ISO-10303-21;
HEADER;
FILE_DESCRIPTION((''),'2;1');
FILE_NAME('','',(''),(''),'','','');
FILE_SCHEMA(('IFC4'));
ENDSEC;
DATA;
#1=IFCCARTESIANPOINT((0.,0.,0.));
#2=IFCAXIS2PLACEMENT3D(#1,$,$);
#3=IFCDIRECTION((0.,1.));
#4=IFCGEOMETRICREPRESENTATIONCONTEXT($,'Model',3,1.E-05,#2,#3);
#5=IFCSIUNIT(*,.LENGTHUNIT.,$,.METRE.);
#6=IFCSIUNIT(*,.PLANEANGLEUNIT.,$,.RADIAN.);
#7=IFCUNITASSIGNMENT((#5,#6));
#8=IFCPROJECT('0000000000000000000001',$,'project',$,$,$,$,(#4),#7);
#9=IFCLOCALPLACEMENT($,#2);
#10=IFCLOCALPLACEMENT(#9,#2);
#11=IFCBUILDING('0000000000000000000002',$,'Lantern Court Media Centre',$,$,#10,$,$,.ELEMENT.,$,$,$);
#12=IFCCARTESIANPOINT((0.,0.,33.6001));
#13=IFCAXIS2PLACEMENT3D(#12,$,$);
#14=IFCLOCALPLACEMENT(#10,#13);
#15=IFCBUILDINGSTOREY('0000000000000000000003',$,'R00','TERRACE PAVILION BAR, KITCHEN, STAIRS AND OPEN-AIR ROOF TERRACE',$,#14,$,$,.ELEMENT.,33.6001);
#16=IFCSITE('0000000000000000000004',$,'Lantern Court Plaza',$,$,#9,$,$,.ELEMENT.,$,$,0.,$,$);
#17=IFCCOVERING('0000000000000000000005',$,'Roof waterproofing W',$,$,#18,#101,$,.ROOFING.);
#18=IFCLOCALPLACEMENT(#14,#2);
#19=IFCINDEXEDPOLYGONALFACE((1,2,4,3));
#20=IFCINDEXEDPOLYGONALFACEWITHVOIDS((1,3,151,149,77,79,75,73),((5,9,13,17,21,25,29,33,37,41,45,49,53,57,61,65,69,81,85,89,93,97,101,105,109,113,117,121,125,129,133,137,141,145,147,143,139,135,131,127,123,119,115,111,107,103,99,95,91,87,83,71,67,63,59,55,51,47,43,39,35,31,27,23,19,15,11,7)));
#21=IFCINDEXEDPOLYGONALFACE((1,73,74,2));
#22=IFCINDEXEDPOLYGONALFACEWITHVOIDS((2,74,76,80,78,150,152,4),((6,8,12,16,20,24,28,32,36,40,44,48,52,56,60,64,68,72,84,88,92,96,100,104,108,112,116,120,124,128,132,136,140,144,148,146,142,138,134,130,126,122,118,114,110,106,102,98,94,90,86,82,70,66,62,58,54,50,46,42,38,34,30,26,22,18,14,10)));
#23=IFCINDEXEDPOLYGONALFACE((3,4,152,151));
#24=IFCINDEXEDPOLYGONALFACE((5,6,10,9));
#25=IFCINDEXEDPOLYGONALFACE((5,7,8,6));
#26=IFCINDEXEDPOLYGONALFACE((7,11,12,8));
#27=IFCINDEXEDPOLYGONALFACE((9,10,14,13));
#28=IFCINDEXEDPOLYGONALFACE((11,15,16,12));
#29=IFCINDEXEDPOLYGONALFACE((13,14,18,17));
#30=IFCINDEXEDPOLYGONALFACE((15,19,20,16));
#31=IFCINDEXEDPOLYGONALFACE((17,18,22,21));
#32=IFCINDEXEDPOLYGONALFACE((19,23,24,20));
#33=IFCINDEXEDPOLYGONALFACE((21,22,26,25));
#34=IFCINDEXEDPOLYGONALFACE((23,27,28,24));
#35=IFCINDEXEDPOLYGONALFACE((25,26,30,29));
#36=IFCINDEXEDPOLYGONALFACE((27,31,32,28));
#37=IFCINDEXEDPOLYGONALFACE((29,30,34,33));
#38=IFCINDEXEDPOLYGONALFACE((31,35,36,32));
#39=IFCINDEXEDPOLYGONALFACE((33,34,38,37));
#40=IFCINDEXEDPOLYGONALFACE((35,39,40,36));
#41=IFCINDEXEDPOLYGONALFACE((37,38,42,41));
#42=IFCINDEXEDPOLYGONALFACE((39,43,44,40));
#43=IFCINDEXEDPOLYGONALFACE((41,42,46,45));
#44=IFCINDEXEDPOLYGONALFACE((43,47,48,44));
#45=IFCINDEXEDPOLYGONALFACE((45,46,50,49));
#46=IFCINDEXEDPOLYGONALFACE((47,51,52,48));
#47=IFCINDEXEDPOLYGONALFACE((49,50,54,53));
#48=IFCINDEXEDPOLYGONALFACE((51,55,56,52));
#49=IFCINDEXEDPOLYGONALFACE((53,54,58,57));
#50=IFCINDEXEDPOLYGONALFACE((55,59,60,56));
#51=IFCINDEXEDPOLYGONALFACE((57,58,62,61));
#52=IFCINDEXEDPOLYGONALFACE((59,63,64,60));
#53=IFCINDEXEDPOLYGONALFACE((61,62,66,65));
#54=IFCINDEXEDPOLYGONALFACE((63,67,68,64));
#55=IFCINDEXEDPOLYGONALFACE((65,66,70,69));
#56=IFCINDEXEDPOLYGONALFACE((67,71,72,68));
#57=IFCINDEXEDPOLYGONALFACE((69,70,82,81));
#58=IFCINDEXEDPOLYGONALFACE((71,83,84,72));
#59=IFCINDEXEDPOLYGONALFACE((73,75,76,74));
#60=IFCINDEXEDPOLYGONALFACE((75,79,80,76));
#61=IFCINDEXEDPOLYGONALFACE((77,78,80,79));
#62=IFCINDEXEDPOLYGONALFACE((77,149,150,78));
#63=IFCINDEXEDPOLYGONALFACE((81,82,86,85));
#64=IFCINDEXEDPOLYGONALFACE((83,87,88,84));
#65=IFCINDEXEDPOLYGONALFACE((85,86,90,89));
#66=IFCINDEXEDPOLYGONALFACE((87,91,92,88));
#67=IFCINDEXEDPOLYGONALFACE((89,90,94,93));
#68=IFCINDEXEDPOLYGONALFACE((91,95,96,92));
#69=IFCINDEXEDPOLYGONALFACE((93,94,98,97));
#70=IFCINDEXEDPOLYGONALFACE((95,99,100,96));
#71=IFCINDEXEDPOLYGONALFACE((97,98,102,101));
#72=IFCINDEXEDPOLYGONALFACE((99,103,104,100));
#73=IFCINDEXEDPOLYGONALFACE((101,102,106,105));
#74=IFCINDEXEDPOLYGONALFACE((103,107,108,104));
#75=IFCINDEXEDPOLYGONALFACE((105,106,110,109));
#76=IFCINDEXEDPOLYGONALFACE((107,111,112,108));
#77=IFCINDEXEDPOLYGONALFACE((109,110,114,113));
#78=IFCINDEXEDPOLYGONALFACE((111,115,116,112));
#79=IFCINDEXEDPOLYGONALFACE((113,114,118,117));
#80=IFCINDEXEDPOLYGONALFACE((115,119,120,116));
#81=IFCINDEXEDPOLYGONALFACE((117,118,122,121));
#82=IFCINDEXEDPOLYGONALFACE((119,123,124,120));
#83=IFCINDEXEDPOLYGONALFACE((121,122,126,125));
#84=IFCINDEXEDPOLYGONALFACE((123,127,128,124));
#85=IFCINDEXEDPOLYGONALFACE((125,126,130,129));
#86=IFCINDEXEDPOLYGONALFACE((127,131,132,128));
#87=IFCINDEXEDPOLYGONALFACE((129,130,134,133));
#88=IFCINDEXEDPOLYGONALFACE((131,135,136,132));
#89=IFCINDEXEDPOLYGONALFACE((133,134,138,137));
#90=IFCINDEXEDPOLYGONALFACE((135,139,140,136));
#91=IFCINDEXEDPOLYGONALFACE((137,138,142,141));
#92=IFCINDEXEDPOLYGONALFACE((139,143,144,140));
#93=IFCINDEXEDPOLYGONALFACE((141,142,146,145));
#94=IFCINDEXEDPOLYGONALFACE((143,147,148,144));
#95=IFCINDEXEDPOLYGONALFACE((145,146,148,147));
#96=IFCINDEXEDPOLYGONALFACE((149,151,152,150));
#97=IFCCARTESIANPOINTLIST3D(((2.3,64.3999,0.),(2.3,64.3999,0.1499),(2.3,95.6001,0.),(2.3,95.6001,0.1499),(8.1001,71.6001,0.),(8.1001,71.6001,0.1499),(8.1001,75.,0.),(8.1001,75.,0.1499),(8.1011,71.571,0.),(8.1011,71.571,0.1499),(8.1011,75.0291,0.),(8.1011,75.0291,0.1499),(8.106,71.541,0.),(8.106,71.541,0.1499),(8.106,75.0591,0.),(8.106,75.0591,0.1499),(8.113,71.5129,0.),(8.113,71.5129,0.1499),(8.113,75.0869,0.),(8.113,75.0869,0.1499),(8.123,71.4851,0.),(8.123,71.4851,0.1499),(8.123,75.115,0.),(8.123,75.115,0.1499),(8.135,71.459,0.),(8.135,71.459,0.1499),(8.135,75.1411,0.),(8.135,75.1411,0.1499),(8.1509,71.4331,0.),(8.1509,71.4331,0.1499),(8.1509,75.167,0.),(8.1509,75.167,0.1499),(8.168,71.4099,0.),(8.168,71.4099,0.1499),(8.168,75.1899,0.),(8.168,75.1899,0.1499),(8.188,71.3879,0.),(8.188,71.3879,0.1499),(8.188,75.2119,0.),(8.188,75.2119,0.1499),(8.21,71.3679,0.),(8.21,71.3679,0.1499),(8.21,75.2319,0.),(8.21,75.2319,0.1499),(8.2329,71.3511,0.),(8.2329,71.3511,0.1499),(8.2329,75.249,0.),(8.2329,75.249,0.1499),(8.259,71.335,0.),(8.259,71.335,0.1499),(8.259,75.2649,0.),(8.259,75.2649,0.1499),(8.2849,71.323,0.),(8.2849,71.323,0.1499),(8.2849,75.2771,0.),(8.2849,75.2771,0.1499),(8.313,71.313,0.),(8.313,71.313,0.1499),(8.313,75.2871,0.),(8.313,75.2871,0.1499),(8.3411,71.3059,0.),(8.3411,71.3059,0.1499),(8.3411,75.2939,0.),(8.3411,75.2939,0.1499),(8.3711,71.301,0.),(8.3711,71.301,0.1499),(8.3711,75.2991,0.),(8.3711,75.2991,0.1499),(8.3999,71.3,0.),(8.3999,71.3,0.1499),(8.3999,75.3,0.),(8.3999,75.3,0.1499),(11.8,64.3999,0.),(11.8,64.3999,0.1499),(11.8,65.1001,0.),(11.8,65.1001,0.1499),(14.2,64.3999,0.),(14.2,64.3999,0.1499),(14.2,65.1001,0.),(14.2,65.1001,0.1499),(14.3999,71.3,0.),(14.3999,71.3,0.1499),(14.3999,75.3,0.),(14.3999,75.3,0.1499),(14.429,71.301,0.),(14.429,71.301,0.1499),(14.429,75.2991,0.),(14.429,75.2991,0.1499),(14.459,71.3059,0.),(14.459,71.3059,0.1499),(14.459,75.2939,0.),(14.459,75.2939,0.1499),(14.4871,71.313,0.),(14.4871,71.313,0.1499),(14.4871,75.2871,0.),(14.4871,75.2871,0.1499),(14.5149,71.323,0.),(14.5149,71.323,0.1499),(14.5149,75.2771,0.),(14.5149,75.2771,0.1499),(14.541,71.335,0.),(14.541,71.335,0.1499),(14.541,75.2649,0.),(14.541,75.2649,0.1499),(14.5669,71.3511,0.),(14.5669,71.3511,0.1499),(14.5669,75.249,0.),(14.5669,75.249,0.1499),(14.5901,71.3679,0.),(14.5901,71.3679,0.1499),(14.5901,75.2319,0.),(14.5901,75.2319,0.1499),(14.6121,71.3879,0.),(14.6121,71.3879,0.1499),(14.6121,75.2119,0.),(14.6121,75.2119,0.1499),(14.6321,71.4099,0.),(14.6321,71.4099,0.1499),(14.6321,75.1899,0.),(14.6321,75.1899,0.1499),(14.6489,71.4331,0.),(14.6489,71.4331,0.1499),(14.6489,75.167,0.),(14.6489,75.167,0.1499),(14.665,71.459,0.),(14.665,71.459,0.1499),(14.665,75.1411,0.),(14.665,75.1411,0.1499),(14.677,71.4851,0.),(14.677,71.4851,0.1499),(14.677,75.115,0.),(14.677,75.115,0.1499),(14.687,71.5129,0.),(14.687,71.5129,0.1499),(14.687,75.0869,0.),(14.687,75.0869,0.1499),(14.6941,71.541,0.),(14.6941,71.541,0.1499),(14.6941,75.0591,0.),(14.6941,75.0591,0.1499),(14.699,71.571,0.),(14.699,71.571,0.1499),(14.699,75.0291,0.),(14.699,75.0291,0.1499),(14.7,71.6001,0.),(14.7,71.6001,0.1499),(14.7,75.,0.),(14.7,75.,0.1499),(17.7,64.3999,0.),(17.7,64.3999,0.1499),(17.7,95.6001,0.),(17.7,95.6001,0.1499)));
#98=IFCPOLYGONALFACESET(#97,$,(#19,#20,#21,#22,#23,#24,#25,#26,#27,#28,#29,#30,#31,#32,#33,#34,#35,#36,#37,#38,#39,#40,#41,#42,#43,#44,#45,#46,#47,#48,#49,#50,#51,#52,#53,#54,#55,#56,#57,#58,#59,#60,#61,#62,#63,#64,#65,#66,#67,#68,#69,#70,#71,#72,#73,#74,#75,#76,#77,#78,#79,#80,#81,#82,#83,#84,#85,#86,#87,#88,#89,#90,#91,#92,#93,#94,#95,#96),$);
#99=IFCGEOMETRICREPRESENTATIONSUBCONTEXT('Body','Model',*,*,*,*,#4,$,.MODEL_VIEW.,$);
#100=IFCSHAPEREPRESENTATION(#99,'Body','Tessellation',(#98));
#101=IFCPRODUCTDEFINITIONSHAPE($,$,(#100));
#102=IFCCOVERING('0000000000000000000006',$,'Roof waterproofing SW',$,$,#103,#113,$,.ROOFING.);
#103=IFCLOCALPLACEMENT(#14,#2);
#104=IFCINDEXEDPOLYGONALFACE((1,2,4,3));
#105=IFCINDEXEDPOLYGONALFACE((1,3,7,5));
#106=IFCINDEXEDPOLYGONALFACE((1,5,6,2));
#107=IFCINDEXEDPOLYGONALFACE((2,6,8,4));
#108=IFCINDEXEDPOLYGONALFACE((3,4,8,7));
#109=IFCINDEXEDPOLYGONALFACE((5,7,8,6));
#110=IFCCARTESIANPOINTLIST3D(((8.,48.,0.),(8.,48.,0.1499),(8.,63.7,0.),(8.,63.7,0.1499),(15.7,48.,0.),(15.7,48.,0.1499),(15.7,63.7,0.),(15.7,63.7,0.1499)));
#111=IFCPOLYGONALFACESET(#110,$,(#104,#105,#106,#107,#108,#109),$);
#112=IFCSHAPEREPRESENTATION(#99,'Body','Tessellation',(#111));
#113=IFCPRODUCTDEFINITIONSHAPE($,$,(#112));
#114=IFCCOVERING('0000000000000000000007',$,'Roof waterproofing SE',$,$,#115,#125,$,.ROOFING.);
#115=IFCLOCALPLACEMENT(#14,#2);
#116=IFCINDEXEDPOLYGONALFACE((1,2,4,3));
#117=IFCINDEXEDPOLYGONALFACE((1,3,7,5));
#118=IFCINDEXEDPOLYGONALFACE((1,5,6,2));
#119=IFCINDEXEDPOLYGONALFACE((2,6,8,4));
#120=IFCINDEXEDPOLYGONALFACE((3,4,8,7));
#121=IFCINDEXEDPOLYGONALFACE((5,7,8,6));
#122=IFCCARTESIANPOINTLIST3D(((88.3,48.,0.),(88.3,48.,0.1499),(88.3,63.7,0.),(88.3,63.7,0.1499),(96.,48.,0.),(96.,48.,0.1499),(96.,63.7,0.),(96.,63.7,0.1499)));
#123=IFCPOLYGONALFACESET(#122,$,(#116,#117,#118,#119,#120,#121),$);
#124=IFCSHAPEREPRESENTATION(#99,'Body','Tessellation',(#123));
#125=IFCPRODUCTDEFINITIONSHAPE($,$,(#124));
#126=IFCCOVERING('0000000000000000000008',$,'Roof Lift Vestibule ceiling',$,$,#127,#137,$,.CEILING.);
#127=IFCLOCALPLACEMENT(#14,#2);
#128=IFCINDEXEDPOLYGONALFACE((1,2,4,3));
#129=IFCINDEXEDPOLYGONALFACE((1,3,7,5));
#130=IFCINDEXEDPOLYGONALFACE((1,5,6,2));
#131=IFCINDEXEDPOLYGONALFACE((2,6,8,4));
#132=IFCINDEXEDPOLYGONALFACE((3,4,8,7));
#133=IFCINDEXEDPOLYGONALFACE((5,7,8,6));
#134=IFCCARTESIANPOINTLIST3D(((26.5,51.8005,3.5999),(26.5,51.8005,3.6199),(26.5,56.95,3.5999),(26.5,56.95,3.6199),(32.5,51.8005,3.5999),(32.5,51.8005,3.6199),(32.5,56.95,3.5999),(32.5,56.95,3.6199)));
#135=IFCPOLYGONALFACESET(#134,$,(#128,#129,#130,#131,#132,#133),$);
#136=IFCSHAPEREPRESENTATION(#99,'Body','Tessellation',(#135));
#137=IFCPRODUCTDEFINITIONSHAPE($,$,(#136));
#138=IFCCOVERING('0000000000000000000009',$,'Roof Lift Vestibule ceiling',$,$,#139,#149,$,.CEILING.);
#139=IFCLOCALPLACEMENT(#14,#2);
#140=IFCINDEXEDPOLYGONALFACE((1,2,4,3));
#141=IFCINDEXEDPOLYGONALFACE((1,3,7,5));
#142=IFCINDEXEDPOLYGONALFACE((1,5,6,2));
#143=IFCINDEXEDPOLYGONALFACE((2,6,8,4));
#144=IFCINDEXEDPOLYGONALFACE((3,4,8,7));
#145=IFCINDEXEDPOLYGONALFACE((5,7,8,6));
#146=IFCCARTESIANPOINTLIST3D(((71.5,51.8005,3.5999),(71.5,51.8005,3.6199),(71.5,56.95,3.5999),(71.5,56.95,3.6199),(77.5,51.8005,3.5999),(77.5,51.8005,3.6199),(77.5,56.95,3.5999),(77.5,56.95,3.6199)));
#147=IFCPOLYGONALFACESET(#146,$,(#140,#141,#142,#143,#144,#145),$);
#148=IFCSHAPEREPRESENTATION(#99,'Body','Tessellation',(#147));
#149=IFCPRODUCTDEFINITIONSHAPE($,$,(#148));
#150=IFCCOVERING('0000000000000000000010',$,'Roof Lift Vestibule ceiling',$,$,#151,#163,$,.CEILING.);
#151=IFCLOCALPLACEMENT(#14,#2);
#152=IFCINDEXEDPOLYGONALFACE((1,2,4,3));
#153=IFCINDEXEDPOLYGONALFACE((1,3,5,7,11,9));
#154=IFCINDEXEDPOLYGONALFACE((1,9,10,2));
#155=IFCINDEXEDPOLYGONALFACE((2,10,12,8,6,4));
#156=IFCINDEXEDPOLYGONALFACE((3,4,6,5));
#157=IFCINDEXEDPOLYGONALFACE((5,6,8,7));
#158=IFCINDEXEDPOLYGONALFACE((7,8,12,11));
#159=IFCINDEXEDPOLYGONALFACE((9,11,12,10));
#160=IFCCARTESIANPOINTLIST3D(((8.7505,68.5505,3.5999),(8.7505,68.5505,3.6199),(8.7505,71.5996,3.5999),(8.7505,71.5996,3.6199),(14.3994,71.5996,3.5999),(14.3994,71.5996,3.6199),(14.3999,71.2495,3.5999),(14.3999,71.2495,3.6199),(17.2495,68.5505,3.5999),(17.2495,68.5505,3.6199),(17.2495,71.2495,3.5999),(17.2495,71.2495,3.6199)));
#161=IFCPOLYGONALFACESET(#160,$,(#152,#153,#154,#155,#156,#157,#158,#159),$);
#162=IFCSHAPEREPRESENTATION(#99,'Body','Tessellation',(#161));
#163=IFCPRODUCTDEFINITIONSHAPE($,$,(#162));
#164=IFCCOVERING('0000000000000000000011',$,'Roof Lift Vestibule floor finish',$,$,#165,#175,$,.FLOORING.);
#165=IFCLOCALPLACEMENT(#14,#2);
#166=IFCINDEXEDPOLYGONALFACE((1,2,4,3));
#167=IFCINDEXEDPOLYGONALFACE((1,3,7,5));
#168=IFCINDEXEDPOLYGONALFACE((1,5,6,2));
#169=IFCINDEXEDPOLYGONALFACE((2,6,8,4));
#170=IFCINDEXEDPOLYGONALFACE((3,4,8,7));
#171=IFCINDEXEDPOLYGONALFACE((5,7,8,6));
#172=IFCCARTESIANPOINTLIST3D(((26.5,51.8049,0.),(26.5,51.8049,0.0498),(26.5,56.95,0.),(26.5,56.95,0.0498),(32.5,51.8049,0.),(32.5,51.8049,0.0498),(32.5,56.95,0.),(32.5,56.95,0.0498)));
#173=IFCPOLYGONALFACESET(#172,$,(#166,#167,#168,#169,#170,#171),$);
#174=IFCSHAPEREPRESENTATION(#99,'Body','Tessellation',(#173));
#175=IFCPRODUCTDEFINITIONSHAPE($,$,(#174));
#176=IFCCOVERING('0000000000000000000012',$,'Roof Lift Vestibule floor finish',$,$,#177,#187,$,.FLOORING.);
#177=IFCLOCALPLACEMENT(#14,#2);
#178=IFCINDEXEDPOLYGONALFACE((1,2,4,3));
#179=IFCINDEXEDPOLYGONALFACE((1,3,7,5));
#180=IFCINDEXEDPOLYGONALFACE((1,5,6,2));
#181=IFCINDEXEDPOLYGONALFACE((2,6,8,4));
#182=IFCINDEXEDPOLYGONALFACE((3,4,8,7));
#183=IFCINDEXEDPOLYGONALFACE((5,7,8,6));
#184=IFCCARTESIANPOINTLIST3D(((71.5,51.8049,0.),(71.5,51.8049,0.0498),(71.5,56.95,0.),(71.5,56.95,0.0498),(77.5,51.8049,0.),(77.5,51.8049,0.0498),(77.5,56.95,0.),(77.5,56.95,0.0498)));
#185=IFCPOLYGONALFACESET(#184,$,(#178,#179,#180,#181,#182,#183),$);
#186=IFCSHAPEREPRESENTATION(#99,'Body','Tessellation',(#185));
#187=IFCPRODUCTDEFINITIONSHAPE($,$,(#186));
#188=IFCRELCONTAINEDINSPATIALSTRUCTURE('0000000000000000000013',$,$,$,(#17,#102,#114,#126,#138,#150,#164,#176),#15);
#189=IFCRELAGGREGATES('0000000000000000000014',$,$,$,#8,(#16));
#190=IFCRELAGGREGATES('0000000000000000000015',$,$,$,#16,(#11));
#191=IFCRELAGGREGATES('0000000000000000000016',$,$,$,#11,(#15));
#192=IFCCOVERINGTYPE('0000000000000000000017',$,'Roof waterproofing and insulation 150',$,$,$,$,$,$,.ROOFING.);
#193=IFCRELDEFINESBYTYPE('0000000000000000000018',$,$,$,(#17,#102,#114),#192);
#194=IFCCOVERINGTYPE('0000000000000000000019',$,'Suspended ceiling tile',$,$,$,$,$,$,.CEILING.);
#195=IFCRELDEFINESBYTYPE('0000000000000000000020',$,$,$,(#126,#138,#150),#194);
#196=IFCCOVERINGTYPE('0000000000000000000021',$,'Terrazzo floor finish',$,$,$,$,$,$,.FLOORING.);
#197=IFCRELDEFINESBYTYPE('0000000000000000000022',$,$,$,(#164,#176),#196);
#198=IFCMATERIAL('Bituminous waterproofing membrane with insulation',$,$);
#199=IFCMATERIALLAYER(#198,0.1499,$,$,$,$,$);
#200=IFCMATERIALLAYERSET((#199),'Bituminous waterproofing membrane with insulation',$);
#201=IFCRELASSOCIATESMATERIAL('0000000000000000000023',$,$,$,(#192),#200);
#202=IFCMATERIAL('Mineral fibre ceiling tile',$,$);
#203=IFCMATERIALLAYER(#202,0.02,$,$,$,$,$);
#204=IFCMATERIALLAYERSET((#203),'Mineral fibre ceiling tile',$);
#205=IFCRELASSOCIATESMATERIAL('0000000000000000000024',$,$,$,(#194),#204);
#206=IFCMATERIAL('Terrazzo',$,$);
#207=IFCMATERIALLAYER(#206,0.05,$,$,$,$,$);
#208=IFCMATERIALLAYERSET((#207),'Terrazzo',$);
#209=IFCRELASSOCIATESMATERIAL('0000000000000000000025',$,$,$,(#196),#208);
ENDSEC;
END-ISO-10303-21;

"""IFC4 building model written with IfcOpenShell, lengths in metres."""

from ifc_helpers import new_model, si_unit, direction, frame, origin, place, context, subcontext, project, spatial, polyline, outline, extrude, material, layer, layer_set, type_object, element, save


model = new_model("IFC4")

# Units and contexts
model_context = context("Model", 3, precision=1e-05, world=origin(), true_north=direction((0.0, 1.0)))
body_context = subcontext(model_context, "Body", "Model", "MODEL_VIEW")
ifc_project = project(units=[si_unit("LENGTHUNIT", "METRE"), si_unit("PLANEANGLEUNIT", "RADIAN")], contexts=[model_context])

# Site, building, storey
site_placement = place(None, origin())
site = spatial("IfcSite", under=ifc_project, at=site_placement, Name="Lantern Court Plaza", CompositionType="ELEMENT", RefElevation=0.0)
building_placement = place(site_placement, origin())
building = spatial("IfcBuilding", under=site, at=building_placement, Name="Lantern Court Media Centre", CompositionType="ELEMENT")
storey_placement = place(building_placement, frame((0.0, 0.0, 33.6001)))
storey = spatial("IfcBuildingStorey", under=building, at=storey_placement, Name="R00", Description="TERRACE PAVILION BAR, KITCHEN, STAIRS AND OPEN-AIR ROOF TERRACE", CompositionType="ELEMENT", Elevation=33.6001)

# Coverings
ifc_material_1 = material(Name="Bituminous waterproofing membrane with insulation")
ifc_layer_1 = layer(ifc_material_1, 0.1499)
ifc_layer_set_1 = layer_set([ifc_layer_1], Name="Bituminous waterproofing membrane with insulation")
covering_type_1 = type_object("IfcCoveringType", Name="Roof waterproofing and insulation 150", PredefinedType="ROOFING", material=ifc_layer_set_1)
covering_1_placement = place(storey_placement, origin())
element("IfcCovering", 1, at=covering_1_placement, inside=storey, type_object=covering_type_1, Name="Roof waterproofing W", PredefinedType="ROOFING", context=body_context, shape_type="SweptSolid", body=[
    extrude(outline(polyline([(17.7, 95.6001), (17.7, 64.3999), (14.2, 64.3999), (14.2, 65.1001), (11.8, 65.1001), (11.8, 64.3999), (2.3, 64.3999), (2.3, 95.6001), (17.7, 95.6001)]), holes=[polyline([(14.4871, 71.313), (14.5149, 71.323), (14.541, 71.335), (14.5669, 71.3511), (14.5901, 71.3679), (14.6121, 71.3879), (14.6321, 71.4099), (14.6489, 71.4331), (14.665, 71.459), (14.677, 71.4851), (14.687, 71.5129), (14.6941, 71.541), (14.699, 71.571), (14.7, 71.6001), (14.7, 75.0), (14.699, 75.0291), (14.6941, 75.0591), (14.687, 75.0869), (14.677, 75.115), (14.665, 75.1411), (14.6489, 75.167), (14.6321, 75.1899), (14.6121, 75.2119), (14.5901, 75.2319), (14.5669, 75.249), (14.541, 75.2649), (14.5149, 75.2771), (14.4871, 75.2871), (14.459, 75.2939), (14.429, 75.2991), (14.3999, 75.3), (8.3999, 75.3), (8.3711, 75.2991), (8.3411, 75.2939), (8.313, 75.2871), (8.2849, 75.2771), (8.259, 75.2649), (8.2329, 75.249), (8.21, 75.2319), (8.188, 75.2119), (8.168, 75.1899), (8.1509, 75.167), (8.135, 75.1411), (8.123, 75.115), (8.113, 75.0869), (8.106, 75.0591), (8.1011, 75.0291), (8.1001, 75.0), (8.1001, 71.6001), (8.1011, 71.571), (8.106, 71.541), (8.113, 71.5129), (8.123, 71.4851), (8.135, 71.459), (8.1509, 71.4331), (8.168, 71.4099), (8.188, 71.3879), (8.21, 71.3679), (8.2329, 71.3511), (8.259, 71.335), (8.2849, 71.323), (8.313, 71.313), (8.3411, 71.3059), (8.3711, 71.301), (8.3999, 71.3), (14.3999, 71.3), (14.429, 71.301), (14.459, 71.3059), (14.4871, 71.313)])]), origin(), (0.0, 0.0, 1.0), 0.1499),
])
covering_2_placement = place(storey_placement, origin())
element("IfcCovering", 2, at=covering_2_placement, inside=storey, type_object=covering_type_1, Name="Roof waterproofing SW", PredefinedType="ROOFING", context=body_context, shape_type="SweptSolid", body=[
    extrude(outline(polyline([(15.7, 63.7), (15.7, 48.0), (8.0, 48.0), (8.0, 63.7), (15.7, 63.7)])), origin(), (0.0, 0.0, 1.0), 0.1499),
])
covering_3_placement = place(storey_placement, origin())
element("IfcCovering", 3, at=covering_3_placement, inside=storey, type_object=covering_type_1, Name="Roof waterproofing SE", PredefinedType="ROOFING", context=body_context, shape_type="SweptSolid", body=[
    extrude(outline(polyline([(88.3, 48.0), (88.3, 63.7), (96.0, 63.7), (96.0, 48.0), (88.3, 48.0)])), origin(), (0.0, 0.0, 1.0), 0.1499),
])
ifc_material_2 = material(Name="Mineral fibre ceiling tile")
ifc_layer_2 = layer(ifc_material_2, 0.02)
ifc_layer_set_2 = layer_set([ifc_layer_2], Name="Mineral fibre ceiling tile")
covering_type_2 = type_object("IfcCoveringType", Name="Suspended ceiling tile", PredefinedType="CEILING", material=ifc_layer_set_2)
covering_4_placement = place(storey_placement, frame((0.0, 0.0, 3.5999)))
element("IfcCovering", 4, at=covering_4_placement, inside=storey, type_object=covering_type_2, Name="Roof Lift Vestibule ceiling", PredefinedType="CEILING", context=body_context, shape_type="SweptSolid", body=[
    extrude(outline(polyline([(26.5, 56.95), (32.5, 56.95), (32.5, 51.8005), (26.5, 51.8005), (26.5, 56.95)])), origin(), (0.0, 0.0, 1.0), 0.02),
])
covering_5_placement = place(storey_placement, frame((0.0, 0.0, 3.5999)))
element("IfcCovering", 5, at=covering_5_placement, inside=storey, type_object=covering_type_2, Name="Roof Lift Vestibule ceiling", PredefinedType="CEILING", context=body_context, shape_type="SweptSolid", body=[
    extrude(outline(polyline([(71.5, 56.95), (77.5, 56.95), (77.5, 51.8005), (71.5, 51.8005), (71.5, 56.95)])), origin(), (0.0, 0.0, 1.0), 0.02),
])
covering_6_placement = place(storey_placement, frame((0.0, 0.0, 3.5999)))
element("IfcCovering", 6, at=covering_6_placement, inside=storey, type_object=covering_type_2, Name="Roof Lift Vestibule ceiling", PredefinedType="CEILING", context=body_context, shape_type="SweptSolid", body=[
    extrude(outline(polyline([(14.3994, 71.5996), (14.3999, 71.2495), (17.2495, 71.2495), (17.2495, 68.5505), (8.7505, 68.5505), (8.7505, 71.5996), (14.3994, 71.5996)])), origin(), (0.0, 0.0, 1.0), 0.02),
])
ifc_material_3 = material(Name="Terrazzo")
ifc_layer_3 = layer(ifc_material_3, 0.05)
ifc_layer_set_3 = layer_set([ifc_layer_3], Name="Terrazzo")
covering_type_3 = type_object("IfcCoveringType", Name="Terrazzo floor finish", PredefinedType="FLOORING", material=ifc_layer_set_3)
covering_7_placement = place(storey_placement, origin())
element("IfcCovering", 7, at=covering_7_placement, inside=storey, type_object=covering_type_3, Name="Roof Lift Vestibule floor finish", PredefinedType="FLOORING", context=body_context, shape_type="SweptSolid", body=[
    extrude(outline(polyline([(26.5, 56.95), (32.5, 56.95), (32.5, 51.8049), (26.5, 51.8049), (26.5, 56.95)])), origin(), (0.0, 0.0, 1.0), 0.0498),
])
covering_8_placement = place(storey_placement, origin())
element("IfcCovering", 8, at=covering_8_placement, inside=storey, type_object=covering_type_3, Name="Roof Lift Vestibule floor finish", PredefinedType="FLOORING", context=body_context, shape_type="SweptSolid", body=[
    extrude(outline(polyline([(71.5, 56.95), (77.5, 56.95), (77.5, 51.8049), (71.5, 51.8049), (71.5, 56.95)])), origin(), (0.0, 0.0, 1.0), 0.0498),
])

save(model, "model.ifc")
